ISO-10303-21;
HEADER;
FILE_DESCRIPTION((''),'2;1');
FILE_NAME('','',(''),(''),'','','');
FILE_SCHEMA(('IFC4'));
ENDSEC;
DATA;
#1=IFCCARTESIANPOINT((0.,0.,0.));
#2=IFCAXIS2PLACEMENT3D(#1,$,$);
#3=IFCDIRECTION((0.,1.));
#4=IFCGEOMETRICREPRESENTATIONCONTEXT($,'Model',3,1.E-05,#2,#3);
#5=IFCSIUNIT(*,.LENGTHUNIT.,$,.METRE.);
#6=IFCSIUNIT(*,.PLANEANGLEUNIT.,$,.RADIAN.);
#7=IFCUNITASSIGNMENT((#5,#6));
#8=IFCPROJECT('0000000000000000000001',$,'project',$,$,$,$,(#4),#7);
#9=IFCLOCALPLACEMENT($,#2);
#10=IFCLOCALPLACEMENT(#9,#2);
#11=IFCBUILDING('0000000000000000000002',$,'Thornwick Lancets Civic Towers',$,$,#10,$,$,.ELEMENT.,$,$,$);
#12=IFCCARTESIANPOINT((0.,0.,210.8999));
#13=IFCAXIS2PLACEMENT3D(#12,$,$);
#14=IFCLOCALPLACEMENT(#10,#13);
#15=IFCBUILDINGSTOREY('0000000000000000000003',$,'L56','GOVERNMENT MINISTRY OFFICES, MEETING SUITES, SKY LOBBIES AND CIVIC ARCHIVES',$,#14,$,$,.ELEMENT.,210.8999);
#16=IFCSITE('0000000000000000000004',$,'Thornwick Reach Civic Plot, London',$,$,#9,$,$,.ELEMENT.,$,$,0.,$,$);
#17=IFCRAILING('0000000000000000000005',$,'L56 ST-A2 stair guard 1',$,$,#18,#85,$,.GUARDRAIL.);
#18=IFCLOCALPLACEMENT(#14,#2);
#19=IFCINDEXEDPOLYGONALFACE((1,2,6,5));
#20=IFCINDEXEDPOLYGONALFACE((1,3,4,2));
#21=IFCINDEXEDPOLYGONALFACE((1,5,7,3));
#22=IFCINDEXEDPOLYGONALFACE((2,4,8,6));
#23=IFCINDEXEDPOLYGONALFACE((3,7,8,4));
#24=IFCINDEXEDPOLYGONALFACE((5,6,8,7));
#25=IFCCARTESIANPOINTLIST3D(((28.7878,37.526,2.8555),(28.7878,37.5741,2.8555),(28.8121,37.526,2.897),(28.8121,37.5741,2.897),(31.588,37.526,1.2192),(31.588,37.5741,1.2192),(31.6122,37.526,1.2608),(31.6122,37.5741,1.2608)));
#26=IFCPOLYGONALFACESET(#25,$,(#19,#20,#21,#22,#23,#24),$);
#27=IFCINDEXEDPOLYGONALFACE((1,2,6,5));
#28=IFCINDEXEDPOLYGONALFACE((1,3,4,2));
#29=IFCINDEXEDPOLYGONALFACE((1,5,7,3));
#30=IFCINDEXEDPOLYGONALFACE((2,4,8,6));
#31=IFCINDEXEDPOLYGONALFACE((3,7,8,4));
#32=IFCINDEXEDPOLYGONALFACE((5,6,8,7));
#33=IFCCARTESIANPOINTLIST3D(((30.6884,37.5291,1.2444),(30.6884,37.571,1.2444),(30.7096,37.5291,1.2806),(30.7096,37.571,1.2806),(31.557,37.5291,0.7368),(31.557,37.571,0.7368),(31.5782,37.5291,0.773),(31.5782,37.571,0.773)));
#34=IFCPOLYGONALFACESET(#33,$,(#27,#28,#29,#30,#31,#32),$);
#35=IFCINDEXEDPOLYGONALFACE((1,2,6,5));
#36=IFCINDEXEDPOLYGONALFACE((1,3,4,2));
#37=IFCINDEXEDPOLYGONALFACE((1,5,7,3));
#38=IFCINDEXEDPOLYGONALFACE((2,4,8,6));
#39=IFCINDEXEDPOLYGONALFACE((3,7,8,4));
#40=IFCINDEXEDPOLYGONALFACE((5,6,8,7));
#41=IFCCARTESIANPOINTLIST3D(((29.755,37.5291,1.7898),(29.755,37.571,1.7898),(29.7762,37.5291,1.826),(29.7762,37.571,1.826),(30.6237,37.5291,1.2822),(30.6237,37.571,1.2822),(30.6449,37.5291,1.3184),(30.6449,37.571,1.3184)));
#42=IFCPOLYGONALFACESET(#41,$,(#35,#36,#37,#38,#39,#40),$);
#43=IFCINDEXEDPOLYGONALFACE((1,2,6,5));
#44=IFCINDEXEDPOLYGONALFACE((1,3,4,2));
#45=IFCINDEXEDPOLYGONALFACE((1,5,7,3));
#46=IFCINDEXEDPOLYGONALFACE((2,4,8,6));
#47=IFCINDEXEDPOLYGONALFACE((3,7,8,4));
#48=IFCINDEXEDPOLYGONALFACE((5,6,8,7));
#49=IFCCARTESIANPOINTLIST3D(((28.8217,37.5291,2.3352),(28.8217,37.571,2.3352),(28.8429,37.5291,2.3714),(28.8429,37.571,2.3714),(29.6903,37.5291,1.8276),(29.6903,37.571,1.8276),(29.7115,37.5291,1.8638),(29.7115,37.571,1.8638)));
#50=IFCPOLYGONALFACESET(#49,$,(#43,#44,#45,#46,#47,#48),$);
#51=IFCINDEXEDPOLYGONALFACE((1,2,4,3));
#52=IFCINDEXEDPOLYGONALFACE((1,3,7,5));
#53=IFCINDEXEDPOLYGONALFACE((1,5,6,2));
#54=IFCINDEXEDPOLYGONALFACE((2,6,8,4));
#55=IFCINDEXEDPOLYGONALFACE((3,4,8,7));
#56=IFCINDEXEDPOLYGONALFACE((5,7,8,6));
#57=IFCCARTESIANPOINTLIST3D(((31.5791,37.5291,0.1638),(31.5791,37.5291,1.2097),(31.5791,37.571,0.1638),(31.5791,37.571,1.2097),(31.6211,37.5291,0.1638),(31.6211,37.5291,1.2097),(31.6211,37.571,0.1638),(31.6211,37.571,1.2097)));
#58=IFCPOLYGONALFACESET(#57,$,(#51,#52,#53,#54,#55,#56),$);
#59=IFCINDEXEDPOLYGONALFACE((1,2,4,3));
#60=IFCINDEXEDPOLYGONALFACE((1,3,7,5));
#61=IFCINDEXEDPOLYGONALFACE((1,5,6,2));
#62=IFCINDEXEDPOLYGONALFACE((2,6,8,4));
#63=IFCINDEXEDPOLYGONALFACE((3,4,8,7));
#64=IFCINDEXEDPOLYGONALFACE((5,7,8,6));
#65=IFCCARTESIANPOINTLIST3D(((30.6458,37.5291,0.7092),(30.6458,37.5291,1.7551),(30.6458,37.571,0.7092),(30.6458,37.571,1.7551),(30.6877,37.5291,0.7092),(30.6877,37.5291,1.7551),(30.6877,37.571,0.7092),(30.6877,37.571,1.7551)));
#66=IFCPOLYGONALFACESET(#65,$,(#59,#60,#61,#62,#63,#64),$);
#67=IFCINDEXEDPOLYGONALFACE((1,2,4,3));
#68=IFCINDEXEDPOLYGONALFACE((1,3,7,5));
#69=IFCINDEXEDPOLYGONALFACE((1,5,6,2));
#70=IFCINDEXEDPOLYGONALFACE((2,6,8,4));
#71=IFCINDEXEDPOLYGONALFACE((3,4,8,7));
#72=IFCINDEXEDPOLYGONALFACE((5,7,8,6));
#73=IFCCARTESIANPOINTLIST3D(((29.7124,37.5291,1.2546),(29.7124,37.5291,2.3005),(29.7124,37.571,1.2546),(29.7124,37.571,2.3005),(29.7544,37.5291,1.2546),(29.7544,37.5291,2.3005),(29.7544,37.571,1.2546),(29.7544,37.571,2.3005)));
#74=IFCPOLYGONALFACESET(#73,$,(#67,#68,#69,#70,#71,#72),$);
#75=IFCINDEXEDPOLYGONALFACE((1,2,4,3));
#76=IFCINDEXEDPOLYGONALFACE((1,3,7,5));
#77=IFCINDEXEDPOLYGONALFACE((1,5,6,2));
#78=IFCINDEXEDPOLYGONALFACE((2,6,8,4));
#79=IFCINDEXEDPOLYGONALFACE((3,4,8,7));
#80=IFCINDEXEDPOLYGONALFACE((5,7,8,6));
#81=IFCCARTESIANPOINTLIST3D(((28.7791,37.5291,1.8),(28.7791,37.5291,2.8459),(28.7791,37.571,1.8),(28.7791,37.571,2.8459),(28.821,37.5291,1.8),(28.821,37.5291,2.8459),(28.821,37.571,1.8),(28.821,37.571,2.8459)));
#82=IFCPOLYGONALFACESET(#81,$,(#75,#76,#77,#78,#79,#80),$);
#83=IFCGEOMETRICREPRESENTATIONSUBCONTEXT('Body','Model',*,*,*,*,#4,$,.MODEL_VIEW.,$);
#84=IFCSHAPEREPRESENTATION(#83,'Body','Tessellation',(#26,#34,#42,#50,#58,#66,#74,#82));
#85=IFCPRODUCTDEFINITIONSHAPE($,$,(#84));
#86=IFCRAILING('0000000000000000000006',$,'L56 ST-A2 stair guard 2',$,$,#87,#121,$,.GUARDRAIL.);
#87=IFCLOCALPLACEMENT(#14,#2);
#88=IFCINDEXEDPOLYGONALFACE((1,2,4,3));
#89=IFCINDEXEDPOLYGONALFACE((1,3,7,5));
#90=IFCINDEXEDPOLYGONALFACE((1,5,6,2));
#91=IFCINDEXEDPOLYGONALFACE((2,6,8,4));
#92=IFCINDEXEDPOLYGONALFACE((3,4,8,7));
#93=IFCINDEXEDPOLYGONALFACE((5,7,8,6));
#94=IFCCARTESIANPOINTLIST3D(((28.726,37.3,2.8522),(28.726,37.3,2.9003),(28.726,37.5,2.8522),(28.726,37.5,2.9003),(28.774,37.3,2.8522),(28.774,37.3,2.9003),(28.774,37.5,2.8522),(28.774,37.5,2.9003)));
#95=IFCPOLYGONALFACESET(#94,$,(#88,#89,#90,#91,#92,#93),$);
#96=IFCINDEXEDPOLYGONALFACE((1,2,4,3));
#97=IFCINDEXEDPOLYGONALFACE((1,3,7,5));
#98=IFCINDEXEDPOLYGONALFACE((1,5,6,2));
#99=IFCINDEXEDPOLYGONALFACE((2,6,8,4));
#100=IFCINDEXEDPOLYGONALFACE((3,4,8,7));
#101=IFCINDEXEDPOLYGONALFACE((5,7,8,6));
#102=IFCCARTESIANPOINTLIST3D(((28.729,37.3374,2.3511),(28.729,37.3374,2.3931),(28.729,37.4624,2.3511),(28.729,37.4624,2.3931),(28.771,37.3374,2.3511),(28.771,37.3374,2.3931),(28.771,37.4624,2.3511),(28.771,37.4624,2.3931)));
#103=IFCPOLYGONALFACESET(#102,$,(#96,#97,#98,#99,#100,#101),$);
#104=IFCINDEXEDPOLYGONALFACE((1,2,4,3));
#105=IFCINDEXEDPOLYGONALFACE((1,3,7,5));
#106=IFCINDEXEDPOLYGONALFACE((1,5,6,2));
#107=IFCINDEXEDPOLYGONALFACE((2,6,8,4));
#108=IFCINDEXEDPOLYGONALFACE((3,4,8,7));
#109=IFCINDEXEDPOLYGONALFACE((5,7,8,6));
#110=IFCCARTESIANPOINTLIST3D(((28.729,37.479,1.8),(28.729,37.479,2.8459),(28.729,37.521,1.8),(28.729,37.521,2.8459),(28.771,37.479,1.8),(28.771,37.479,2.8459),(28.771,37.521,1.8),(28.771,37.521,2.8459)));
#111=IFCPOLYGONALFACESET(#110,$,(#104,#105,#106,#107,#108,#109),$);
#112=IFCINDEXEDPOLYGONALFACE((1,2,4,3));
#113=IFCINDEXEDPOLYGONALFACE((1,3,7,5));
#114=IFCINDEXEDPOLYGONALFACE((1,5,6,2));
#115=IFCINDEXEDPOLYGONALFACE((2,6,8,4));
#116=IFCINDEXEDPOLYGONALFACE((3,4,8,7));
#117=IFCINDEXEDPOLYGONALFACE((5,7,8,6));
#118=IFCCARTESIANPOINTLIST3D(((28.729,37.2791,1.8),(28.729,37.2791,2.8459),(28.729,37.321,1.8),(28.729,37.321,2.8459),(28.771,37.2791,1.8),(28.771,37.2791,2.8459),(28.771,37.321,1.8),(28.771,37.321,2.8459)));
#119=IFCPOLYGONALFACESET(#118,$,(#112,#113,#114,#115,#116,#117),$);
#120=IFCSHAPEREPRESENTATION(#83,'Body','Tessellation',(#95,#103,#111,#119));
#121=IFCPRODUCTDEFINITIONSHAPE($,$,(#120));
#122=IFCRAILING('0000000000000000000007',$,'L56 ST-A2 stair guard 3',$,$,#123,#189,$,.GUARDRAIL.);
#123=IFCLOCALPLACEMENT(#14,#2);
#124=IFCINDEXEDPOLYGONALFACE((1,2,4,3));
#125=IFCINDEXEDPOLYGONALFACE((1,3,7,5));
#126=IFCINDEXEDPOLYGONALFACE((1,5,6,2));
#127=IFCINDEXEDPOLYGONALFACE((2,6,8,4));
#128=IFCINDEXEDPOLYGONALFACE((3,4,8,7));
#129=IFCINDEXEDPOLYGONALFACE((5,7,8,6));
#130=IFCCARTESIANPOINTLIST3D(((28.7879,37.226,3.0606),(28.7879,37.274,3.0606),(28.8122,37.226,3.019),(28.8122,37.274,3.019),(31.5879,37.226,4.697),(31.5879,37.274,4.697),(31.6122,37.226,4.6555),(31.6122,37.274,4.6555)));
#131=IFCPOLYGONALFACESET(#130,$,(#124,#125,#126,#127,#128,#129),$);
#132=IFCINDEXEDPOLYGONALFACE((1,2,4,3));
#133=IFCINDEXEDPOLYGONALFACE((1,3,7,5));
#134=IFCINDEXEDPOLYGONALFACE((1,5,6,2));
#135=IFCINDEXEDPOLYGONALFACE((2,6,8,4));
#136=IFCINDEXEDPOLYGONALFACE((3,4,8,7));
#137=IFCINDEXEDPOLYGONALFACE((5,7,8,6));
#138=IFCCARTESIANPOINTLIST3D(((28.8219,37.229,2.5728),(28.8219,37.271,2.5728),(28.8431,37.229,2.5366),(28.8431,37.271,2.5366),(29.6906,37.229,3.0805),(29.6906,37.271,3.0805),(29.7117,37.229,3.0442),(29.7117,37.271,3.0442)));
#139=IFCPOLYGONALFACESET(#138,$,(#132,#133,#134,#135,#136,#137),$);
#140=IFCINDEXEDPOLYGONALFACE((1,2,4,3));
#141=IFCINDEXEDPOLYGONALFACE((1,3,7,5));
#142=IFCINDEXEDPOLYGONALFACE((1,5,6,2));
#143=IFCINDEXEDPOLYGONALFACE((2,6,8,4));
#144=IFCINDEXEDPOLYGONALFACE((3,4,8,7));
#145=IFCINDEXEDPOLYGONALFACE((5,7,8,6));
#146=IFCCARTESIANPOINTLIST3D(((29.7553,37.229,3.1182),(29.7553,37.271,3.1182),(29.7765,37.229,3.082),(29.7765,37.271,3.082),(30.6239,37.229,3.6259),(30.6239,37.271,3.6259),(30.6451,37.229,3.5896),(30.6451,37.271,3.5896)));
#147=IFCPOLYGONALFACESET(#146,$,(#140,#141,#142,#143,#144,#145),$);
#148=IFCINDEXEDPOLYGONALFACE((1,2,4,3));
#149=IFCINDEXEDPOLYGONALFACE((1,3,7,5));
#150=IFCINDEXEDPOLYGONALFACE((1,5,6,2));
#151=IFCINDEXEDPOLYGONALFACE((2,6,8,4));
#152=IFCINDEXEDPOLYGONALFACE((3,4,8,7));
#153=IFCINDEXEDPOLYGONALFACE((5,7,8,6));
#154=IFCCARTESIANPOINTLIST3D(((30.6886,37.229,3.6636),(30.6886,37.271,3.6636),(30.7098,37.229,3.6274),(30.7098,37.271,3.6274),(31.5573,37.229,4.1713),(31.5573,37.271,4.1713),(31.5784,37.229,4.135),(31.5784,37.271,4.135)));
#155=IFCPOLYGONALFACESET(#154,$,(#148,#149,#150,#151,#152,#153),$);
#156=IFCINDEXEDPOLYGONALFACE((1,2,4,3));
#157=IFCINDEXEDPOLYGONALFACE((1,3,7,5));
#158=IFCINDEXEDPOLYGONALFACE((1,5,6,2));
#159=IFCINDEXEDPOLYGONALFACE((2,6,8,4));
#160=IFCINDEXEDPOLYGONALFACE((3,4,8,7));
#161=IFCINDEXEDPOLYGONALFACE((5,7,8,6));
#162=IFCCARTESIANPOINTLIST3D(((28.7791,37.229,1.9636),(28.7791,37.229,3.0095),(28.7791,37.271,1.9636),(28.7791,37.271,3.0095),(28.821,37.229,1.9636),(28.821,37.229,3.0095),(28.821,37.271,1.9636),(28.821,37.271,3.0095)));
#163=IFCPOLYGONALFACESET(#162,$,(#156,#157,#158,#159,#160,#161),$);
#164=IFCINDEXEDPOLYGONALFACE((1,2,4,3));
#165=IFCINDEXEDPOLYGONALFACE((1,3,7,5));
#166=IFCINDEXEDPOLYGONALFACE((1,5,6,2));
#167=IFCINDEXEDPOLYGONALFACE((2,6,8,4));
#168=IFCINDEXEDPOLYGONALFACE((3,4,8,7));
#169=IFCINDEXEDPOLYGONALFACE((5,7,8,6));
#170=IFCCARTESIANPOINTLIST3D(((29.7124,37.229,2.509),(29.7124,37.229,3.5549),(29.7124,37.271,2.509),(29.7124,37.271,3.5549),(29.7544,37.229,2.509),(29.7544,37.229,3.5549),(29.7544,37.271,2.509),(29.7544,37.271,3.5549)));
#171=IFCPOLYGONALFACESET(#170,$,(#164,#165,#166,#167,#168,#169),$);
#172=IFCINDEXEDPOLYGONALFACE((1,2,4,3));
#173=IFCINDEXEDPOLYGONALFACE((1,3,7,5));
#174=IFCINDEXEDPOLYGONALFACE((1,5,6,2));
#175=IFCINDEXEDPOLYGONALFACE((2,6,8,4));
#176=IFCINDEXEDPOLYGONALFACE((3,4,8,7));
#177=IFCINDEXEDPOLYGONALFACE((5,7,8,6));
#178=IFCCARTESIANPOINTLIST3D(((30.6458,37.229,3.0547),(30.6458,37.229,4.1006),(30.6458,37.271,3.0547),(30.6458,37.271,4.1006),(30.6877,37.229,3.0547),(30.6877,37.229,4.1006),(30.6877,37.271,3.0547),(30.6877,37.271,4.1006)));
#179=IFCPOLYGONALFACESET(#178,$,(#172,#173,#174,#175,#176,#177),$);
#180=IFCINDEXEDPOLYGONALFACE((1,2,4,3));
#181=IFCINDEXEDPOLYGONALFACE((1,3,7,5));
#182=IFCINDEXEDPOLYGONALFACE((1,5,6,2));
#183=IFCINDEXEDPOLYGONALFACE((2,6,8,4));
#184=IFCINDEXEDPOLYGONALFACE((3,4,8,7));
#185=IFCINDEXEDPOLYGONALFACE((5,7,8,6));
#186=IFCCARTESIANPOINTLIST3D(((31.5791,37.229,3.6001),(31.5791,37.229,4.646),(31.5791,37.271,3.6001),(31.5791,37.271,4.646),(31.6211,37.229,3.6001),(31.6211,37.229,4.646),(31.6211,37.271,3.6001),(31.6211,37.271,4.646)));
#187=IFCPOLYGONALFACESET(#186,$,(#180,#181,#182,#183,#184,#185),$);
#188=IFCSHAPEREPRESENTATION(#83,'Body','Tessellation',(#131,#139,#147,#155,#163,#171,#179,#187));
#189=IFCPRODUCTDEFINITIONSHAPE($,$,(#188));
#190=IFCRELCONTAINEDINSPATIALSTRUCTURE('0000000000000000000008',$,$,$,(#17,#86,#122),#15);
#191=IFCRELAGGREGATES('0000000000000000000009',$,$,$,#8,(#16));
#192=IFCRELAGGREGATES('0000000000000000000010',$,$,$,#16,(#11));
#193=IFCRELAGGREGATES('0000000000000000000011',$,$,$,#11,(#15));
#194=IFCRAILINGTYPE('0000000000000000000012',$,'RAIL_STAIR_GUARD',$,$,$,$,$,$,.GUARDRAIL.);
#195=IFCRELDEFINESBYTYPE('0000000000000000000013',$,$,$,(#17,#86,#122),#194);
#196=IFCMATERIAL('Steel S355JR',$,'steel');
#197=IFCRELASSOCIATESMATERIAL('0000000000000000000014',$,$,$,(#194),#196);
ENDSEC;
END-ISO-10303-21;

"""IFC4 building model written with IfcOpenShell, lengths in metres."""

from ifc_helpers import new_model, si_unit, direction, frame, origin, origin_2d, place, context, subcontext, project, spatial, rectangle, extrude, material, type_object, element, save


model = new_model("IFC4")

# Units and contexts
model_context = context("Model", 3, precision=1e-05, world=origin(), true_north=direction((0.0, 1.0)))
body_context = subcontext(model_context, "Body", "Model", "MODEL_VIEW")
ifc_project = project(units=[si_unit("LENGTHUNIT", "METRE"), si_unit("PLANEANGLEUNIT", "RADIAN")], contexts=[model_context])

# Site, building, storey
site_placement = place(None, origin())
site = spatial("IfcSite", under=ifc_project, at=site_placement, Name="Thornwick Reach Civic Plot, London", CompositionType="ELEMENT", RefElevation=0.0)
building_placement = place(site_placement, origin())
building = spatial("IfcBuilding", under=site, at=building_placement, Name="Thornwick Lancets Civic Towers", CompositionType="ELEMENT")
storey_placement = place(building_placement, frame((0.0, 0.0, 210.8999)))
storey = spatial("IfcBuildingStorey", under=building, at=storey_placement, Name="L56", Description="GOVERNMENT MINISTRY OFFICES, MEETING SUITES, SKY LOBBIES AND CIVIC ARCHIVES", CompositionType="ELEMENT", Elevation=210.8999)

# Shared definitions
ifc_material_1 = material(Name="Steel S355JR", Category="steel")

# Railings
railing_type_1 = type_object("IfcRailingType", Name="RAIL_STAIR_GUARD", PredefinedType="GUARDRAIL", material=ifc_material_1)
railing_1_placement = place(storey_placement, frame((31.6001, 37.55, 0.1638)))
element("IfcRailing", 1, at=railing_1_placement, inside=storey, type_object=railing_type_1, Name="L56 ST-A2 stair guard 1", PredefinedType="GUARDRAIL", context=body_context, shape_type="SweptSolid", body=[
    extrude(rectangle(XDim=0.0481, YDim=0.0481, at=origin_2d()), frame((0.0, 0.0, 1.0762), z_axis=(-0.863394, 0.0, 0.504531), x_axis=(0.0, -1.0, 0.0)), (0.0, 0.0, 1.0), 3.2432),
    extrude(rectangle(XDim=0.042, YDim=0.042, at=origin_2d()), frame((-0.0325, 0.0, 0.5911), z_axis=(-0.863394, 0.0, 0.504531), x_axis=(0.0, -1.0, 0.0)), (0.0, 0.0, 1.0), 1.0061),
    extrude(rectangle(XDim=0.042, YDim=0.042, at=origin_2d()), frame((-0.9658, 0.0, 1.1365), z_axis=(-0.863394, 0.0, 0.504531), x_axis=(0.0, -1.0, 0.0)), (0.0, 0.0, 1.0), 1.0061),
    extrude(rectangle(XDim=0.042, YDim=0.042, at=origin_2d()), frame((-1.8992, 0.0, 1.6819), z_axis=(-0.863394, 0.0, 0.504531), x_axis=(0.0, -1.0, 0.0)), (0.0, 0.0, 1.0), 1.0061),
    extrude(rectangle(XDim=0.042, YDim=0.042, at=origin_2d()), origin(), (0.0, 0.0, 1.0), 1.0459),
    extrude(rectangle(XDim=0.042, YDim=0.042, at=origin_2d()), frame((-0.9333, 0.0, 0.5454)), (0.0, 0.0, 1.0), 1.0459),
    extrude(rectangle(XDim=0.042, YDim=0.042, at=origin_2d()), frame((-1.8667, 0.0, 1.0908)), (0.0, 0.0, 1.0), 1.0459),
    extrude(rectangle(XDim=0.042, YDim=0.042, at=origin_2d()), frame((-2.8, 0.0, 1.6362)), (0.0, 0.0, 1.0), 1.0459),
])
railing_2_placement = place(storey_placement, frame((28.75, 37.5, 1.8)))
element("IfcRailing", 2, at=railing_2_placement, inside=storey, type_object=railing_type_1, Name="L56 ST-A2 stair guard 2", PredefinedType="GUARDRAIL", context=body_context, shape_type="SweptSolid", body=[
    extrude(rectangle(XDim=0.0481, YDim=0.0481, at=origin_2d()), frame((0.0, 0.0, 1.0762), z_axis=(0.0, -1.0, 0.0), x_axis=(1.0, 0.0, 0.0)), (0.0, 0.0, 1.0), 0.2),
    extrude(rectangle(XDim=0.042, YDim=0.042, at=origin_2d()), frame((0.0, -0.0376, 0.572), z_axis=(0.0, -1.0, 0.0), x_axis=(1.0, 0.0, 0.0)), (0.0, 0.0, 1.0), 0.125),
    extrude(rectangle(XDim=0.042, YDim=0.042, at=origin_2d()), origin(), (0.0, 0.0, 1.0), 1.0459),
    extrude(rectangle(XDim=0.042, YDim=0.042, at=origin_2d()), frame((0.0, -0.2, 0.0)), (0.0, 0.0, 1.0), 1.0459),
])
railing_3_placement = place(storey_placement, frame((28.8, 37.25, 1.9636)))
element("IfcRailing", 3, at=railing_3_placement, inside=storey, type_object=railing_type_1, Name="L56 ST-A2 stair guard 3", PredefinedType="GUARDRAIL", context=body_context, shape_type="SweptSolid", body=[
    extrude(rectangle(XDim=0.0481, YDim=0.0481, at=origin_2d()), frame((0.0, 0.0, 1.0762), z_axis=(0.863361, 0.0, 0.504587), x_axis=(0.0, 1.0, 0.0)), (0.0, 0.0, 1.0), 3.2432),
    extrude(rectangle(XDim=0.042, YDim=0.042, at=origin_2d()), frame((0.0325, 0.0, 0.5911), z_axis=(0.863361, 0.0, 0.504587), x_axis=(0.0, 1.0, 0.0)), (0.0, 0.0, 1.0), 1.0061),
    extrude(rectangle(XDim=0.042, YDim=0.042, at=origin_2d()), frame((0.9658, 0.0, 1.1365), z_axis=(0.863361, 0.0, 0.504587), x_axis=(0.0, 1.0, 0.0)), (0.0, 0.0, 1.0), 1.0061),
    extrude(rectangle(XDim=0.042, YDim=0.042, at=origin_2d()), frame((1.8992, 0.0, 1.6819), z_axis=(0.863361, 0.0, 0.504587), x_axis=(0.0, 1.0, 0.0)), (0.0, 0.0, 1.0), 1.0061),
    extrude(rectangle(XDim=0.042, YDim=0.042, at=origin_2d()), origin(), (0.0, 0.0, 1.0), 1.0459),
    extrude(rectangle(XDim=0.042, YDim=0.042, at=origin_2d()), frame((0.9333, 0.0, 0.5454)), (0.0, 0.0, 1.0), 1.0459),
    extrude(rectangle(XDim=0.042, YDim=0.042, at=origin_2d()), frame((1.8667, 0.0, 1.0911)), (0.0, 0.0, 1.0), 1.0459),
    extrude(rectangle(XDim=0.042, YDim=0.042, at=origin_2d()), frame((2.8, 0.0, 1.6365)), (0.0, 0.0, 1.0), 1.0459),
])

save(model, "model.ifc")
